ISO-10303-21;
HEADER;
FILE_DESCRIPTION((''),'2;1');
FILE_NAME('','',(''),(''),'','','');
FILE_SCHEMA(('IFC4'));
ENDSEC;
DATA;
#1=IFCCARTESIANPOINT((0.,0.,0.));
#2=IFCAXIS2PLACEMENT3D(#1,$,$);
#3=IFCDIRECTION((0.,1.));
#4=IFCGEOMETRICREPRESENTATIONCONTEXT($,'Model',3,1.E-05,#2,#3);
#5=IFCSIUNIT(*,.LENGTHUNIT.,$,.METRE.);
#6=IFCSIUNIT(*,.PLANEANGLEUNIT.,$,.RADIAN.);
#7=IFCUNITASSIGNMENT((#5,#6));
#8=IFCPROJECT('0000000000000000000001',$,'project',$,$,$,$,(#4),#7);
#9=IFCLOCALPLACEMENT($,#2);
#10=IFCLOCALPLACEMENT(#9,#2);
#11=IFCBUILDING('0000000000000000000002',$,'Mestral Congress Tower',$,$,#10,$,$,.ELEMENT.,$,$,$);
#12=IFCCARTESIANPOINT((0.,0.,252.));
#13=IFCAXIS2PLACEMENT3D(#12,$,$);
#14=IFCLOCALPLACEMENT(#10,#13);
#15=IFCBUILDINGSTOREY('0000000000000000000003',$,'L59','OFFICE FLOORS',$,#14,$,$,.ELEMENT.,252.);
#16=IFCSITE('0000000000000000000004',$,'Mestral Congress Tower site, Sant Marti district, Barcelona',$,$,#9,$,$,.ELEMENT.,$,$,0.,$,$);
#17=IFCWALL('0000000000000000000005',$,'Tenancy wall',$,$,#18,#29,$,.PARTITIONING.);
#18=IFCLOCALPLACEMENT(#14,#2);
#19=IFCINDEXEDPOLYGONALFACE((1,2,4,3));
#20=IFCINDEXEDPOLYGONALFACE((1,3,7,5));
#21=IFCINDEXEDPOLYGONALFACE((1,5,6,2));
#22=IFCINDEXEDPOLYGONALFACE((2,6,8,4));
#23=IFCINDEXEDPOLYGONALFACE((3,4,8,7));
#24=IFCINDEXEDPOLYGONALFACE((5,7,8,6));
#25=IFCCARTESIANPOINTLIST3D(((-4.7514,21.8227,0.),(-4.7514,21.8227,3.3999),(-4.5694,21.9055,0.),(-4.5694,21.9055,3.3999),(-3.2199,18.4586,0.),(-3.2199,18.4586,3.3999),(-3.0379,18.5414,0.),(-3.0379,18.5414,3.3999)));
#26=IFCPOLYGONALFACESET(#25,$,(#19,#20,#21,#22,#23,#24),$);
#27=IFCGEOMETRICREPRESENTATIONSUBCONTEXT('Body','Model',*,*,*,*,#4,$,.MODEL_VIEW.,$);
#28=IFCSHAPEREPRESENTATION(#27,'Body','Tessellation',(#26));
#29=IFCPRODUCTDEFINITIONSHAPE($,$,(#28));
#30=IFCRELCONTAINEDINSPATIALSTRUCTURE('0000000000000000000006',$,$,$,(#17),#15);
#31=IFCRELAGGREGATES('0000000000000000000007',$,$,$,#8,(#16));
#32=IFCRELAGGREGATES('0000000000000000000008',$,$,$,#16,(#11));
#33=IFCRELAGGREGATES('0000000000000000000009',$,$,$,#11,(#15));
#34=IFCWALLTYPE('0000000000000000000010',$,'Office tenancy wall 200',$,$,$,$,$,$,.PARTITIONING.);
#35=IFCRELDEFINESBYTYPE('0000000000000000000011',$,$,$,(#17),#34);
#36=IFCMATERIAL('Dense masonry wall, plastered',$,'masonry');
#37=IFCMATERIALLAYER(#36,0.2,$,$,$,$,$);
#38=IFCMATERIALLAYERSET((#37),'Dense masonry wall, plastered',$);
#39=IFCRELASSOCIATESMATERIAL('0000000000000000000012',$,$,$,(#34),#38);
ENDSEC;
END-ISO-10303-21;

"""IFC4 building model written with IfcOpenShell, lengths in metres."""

from ifc_helpers import new_model, si_unit, direction, frame, frame_2d, origin, place, context, subcontext, project, spatial, rectangle, extrude, material, layer, layer_set, type_object, element, save


model = new_model("IFC4")

# Units and contexts
model_context = context("Model", 3, precision=1e-05, world=origin(), true_north=direction((0.0, 1.0)))
body_context = subcontext(model_context, "Body", "Model", "MODEL_VIEW")
ifc_project = project(units=[si_unit("LENGTHUNIT", "METRE"), si_unit("PLANEANGLEUNIT", "RADIAN")], contexts=[model_context])

# Site, building, storey
site_placement = place(None, origin())
site = spatial("IfcSite", under=ifc_project, at=site_placement, Name="Mestral Congress Tower site, Sant Marti district, Barcelona", CompositionType="ELEMENT", RefElevation=0.0)
building_placement = place(site_placement, origin())
building = spatial("IfcBuilding", under=site, at=building_placement, Name="Mestral Congress Tower", CompositionType="ELEMENT")
storey_placement = place(building_placement, frame((0.0, 0.0, 252.0)))
storey = spatial("IfcBuildingStorey", under=building, at=storey_placement, Name="L59", Description="OFFICE FLOORS", CompositionType="ELEMENT", Elevation=252.0)

# Wall
ifc_material_1 = material(Name="Dense masonry wall, plastered", Category="masonry")
ifc_layer_1 = layer(ifc_material_1, 0.2)
ifc_layer_set_1 = layer_set([ifc_layer_1], Name="Dense masonry wall, plastered")
wall_type_1 = type_object("IfcWallType", Name="Office tenancy wall 200", PredefinedType="PARTITIONING", material=ifc_layer_set_1)
wall_1_placement = place(storey_placement, frame((-3.1289, 18.5, 0.0), z_axis=(0.0, 0.0, 1.0), x_axis=(-0.41434, 0.910122, 0.0)))
element("IfcWall", 1, at=wall_1_placement, inside=storey, type_object=wall_type_1, Name="Tenancy wall", PredefinedType="PARTITIONING", context=body_context, shape_type="SweptSolid", body=[
    extrude(rectangle(XDim=3.6963, YDim=0.2, at=frame_2d((1.8481, 0.0))), origin(), (0.0, 0.0, 1.0), 3.3999),
])

save(model, "model.ifc")
